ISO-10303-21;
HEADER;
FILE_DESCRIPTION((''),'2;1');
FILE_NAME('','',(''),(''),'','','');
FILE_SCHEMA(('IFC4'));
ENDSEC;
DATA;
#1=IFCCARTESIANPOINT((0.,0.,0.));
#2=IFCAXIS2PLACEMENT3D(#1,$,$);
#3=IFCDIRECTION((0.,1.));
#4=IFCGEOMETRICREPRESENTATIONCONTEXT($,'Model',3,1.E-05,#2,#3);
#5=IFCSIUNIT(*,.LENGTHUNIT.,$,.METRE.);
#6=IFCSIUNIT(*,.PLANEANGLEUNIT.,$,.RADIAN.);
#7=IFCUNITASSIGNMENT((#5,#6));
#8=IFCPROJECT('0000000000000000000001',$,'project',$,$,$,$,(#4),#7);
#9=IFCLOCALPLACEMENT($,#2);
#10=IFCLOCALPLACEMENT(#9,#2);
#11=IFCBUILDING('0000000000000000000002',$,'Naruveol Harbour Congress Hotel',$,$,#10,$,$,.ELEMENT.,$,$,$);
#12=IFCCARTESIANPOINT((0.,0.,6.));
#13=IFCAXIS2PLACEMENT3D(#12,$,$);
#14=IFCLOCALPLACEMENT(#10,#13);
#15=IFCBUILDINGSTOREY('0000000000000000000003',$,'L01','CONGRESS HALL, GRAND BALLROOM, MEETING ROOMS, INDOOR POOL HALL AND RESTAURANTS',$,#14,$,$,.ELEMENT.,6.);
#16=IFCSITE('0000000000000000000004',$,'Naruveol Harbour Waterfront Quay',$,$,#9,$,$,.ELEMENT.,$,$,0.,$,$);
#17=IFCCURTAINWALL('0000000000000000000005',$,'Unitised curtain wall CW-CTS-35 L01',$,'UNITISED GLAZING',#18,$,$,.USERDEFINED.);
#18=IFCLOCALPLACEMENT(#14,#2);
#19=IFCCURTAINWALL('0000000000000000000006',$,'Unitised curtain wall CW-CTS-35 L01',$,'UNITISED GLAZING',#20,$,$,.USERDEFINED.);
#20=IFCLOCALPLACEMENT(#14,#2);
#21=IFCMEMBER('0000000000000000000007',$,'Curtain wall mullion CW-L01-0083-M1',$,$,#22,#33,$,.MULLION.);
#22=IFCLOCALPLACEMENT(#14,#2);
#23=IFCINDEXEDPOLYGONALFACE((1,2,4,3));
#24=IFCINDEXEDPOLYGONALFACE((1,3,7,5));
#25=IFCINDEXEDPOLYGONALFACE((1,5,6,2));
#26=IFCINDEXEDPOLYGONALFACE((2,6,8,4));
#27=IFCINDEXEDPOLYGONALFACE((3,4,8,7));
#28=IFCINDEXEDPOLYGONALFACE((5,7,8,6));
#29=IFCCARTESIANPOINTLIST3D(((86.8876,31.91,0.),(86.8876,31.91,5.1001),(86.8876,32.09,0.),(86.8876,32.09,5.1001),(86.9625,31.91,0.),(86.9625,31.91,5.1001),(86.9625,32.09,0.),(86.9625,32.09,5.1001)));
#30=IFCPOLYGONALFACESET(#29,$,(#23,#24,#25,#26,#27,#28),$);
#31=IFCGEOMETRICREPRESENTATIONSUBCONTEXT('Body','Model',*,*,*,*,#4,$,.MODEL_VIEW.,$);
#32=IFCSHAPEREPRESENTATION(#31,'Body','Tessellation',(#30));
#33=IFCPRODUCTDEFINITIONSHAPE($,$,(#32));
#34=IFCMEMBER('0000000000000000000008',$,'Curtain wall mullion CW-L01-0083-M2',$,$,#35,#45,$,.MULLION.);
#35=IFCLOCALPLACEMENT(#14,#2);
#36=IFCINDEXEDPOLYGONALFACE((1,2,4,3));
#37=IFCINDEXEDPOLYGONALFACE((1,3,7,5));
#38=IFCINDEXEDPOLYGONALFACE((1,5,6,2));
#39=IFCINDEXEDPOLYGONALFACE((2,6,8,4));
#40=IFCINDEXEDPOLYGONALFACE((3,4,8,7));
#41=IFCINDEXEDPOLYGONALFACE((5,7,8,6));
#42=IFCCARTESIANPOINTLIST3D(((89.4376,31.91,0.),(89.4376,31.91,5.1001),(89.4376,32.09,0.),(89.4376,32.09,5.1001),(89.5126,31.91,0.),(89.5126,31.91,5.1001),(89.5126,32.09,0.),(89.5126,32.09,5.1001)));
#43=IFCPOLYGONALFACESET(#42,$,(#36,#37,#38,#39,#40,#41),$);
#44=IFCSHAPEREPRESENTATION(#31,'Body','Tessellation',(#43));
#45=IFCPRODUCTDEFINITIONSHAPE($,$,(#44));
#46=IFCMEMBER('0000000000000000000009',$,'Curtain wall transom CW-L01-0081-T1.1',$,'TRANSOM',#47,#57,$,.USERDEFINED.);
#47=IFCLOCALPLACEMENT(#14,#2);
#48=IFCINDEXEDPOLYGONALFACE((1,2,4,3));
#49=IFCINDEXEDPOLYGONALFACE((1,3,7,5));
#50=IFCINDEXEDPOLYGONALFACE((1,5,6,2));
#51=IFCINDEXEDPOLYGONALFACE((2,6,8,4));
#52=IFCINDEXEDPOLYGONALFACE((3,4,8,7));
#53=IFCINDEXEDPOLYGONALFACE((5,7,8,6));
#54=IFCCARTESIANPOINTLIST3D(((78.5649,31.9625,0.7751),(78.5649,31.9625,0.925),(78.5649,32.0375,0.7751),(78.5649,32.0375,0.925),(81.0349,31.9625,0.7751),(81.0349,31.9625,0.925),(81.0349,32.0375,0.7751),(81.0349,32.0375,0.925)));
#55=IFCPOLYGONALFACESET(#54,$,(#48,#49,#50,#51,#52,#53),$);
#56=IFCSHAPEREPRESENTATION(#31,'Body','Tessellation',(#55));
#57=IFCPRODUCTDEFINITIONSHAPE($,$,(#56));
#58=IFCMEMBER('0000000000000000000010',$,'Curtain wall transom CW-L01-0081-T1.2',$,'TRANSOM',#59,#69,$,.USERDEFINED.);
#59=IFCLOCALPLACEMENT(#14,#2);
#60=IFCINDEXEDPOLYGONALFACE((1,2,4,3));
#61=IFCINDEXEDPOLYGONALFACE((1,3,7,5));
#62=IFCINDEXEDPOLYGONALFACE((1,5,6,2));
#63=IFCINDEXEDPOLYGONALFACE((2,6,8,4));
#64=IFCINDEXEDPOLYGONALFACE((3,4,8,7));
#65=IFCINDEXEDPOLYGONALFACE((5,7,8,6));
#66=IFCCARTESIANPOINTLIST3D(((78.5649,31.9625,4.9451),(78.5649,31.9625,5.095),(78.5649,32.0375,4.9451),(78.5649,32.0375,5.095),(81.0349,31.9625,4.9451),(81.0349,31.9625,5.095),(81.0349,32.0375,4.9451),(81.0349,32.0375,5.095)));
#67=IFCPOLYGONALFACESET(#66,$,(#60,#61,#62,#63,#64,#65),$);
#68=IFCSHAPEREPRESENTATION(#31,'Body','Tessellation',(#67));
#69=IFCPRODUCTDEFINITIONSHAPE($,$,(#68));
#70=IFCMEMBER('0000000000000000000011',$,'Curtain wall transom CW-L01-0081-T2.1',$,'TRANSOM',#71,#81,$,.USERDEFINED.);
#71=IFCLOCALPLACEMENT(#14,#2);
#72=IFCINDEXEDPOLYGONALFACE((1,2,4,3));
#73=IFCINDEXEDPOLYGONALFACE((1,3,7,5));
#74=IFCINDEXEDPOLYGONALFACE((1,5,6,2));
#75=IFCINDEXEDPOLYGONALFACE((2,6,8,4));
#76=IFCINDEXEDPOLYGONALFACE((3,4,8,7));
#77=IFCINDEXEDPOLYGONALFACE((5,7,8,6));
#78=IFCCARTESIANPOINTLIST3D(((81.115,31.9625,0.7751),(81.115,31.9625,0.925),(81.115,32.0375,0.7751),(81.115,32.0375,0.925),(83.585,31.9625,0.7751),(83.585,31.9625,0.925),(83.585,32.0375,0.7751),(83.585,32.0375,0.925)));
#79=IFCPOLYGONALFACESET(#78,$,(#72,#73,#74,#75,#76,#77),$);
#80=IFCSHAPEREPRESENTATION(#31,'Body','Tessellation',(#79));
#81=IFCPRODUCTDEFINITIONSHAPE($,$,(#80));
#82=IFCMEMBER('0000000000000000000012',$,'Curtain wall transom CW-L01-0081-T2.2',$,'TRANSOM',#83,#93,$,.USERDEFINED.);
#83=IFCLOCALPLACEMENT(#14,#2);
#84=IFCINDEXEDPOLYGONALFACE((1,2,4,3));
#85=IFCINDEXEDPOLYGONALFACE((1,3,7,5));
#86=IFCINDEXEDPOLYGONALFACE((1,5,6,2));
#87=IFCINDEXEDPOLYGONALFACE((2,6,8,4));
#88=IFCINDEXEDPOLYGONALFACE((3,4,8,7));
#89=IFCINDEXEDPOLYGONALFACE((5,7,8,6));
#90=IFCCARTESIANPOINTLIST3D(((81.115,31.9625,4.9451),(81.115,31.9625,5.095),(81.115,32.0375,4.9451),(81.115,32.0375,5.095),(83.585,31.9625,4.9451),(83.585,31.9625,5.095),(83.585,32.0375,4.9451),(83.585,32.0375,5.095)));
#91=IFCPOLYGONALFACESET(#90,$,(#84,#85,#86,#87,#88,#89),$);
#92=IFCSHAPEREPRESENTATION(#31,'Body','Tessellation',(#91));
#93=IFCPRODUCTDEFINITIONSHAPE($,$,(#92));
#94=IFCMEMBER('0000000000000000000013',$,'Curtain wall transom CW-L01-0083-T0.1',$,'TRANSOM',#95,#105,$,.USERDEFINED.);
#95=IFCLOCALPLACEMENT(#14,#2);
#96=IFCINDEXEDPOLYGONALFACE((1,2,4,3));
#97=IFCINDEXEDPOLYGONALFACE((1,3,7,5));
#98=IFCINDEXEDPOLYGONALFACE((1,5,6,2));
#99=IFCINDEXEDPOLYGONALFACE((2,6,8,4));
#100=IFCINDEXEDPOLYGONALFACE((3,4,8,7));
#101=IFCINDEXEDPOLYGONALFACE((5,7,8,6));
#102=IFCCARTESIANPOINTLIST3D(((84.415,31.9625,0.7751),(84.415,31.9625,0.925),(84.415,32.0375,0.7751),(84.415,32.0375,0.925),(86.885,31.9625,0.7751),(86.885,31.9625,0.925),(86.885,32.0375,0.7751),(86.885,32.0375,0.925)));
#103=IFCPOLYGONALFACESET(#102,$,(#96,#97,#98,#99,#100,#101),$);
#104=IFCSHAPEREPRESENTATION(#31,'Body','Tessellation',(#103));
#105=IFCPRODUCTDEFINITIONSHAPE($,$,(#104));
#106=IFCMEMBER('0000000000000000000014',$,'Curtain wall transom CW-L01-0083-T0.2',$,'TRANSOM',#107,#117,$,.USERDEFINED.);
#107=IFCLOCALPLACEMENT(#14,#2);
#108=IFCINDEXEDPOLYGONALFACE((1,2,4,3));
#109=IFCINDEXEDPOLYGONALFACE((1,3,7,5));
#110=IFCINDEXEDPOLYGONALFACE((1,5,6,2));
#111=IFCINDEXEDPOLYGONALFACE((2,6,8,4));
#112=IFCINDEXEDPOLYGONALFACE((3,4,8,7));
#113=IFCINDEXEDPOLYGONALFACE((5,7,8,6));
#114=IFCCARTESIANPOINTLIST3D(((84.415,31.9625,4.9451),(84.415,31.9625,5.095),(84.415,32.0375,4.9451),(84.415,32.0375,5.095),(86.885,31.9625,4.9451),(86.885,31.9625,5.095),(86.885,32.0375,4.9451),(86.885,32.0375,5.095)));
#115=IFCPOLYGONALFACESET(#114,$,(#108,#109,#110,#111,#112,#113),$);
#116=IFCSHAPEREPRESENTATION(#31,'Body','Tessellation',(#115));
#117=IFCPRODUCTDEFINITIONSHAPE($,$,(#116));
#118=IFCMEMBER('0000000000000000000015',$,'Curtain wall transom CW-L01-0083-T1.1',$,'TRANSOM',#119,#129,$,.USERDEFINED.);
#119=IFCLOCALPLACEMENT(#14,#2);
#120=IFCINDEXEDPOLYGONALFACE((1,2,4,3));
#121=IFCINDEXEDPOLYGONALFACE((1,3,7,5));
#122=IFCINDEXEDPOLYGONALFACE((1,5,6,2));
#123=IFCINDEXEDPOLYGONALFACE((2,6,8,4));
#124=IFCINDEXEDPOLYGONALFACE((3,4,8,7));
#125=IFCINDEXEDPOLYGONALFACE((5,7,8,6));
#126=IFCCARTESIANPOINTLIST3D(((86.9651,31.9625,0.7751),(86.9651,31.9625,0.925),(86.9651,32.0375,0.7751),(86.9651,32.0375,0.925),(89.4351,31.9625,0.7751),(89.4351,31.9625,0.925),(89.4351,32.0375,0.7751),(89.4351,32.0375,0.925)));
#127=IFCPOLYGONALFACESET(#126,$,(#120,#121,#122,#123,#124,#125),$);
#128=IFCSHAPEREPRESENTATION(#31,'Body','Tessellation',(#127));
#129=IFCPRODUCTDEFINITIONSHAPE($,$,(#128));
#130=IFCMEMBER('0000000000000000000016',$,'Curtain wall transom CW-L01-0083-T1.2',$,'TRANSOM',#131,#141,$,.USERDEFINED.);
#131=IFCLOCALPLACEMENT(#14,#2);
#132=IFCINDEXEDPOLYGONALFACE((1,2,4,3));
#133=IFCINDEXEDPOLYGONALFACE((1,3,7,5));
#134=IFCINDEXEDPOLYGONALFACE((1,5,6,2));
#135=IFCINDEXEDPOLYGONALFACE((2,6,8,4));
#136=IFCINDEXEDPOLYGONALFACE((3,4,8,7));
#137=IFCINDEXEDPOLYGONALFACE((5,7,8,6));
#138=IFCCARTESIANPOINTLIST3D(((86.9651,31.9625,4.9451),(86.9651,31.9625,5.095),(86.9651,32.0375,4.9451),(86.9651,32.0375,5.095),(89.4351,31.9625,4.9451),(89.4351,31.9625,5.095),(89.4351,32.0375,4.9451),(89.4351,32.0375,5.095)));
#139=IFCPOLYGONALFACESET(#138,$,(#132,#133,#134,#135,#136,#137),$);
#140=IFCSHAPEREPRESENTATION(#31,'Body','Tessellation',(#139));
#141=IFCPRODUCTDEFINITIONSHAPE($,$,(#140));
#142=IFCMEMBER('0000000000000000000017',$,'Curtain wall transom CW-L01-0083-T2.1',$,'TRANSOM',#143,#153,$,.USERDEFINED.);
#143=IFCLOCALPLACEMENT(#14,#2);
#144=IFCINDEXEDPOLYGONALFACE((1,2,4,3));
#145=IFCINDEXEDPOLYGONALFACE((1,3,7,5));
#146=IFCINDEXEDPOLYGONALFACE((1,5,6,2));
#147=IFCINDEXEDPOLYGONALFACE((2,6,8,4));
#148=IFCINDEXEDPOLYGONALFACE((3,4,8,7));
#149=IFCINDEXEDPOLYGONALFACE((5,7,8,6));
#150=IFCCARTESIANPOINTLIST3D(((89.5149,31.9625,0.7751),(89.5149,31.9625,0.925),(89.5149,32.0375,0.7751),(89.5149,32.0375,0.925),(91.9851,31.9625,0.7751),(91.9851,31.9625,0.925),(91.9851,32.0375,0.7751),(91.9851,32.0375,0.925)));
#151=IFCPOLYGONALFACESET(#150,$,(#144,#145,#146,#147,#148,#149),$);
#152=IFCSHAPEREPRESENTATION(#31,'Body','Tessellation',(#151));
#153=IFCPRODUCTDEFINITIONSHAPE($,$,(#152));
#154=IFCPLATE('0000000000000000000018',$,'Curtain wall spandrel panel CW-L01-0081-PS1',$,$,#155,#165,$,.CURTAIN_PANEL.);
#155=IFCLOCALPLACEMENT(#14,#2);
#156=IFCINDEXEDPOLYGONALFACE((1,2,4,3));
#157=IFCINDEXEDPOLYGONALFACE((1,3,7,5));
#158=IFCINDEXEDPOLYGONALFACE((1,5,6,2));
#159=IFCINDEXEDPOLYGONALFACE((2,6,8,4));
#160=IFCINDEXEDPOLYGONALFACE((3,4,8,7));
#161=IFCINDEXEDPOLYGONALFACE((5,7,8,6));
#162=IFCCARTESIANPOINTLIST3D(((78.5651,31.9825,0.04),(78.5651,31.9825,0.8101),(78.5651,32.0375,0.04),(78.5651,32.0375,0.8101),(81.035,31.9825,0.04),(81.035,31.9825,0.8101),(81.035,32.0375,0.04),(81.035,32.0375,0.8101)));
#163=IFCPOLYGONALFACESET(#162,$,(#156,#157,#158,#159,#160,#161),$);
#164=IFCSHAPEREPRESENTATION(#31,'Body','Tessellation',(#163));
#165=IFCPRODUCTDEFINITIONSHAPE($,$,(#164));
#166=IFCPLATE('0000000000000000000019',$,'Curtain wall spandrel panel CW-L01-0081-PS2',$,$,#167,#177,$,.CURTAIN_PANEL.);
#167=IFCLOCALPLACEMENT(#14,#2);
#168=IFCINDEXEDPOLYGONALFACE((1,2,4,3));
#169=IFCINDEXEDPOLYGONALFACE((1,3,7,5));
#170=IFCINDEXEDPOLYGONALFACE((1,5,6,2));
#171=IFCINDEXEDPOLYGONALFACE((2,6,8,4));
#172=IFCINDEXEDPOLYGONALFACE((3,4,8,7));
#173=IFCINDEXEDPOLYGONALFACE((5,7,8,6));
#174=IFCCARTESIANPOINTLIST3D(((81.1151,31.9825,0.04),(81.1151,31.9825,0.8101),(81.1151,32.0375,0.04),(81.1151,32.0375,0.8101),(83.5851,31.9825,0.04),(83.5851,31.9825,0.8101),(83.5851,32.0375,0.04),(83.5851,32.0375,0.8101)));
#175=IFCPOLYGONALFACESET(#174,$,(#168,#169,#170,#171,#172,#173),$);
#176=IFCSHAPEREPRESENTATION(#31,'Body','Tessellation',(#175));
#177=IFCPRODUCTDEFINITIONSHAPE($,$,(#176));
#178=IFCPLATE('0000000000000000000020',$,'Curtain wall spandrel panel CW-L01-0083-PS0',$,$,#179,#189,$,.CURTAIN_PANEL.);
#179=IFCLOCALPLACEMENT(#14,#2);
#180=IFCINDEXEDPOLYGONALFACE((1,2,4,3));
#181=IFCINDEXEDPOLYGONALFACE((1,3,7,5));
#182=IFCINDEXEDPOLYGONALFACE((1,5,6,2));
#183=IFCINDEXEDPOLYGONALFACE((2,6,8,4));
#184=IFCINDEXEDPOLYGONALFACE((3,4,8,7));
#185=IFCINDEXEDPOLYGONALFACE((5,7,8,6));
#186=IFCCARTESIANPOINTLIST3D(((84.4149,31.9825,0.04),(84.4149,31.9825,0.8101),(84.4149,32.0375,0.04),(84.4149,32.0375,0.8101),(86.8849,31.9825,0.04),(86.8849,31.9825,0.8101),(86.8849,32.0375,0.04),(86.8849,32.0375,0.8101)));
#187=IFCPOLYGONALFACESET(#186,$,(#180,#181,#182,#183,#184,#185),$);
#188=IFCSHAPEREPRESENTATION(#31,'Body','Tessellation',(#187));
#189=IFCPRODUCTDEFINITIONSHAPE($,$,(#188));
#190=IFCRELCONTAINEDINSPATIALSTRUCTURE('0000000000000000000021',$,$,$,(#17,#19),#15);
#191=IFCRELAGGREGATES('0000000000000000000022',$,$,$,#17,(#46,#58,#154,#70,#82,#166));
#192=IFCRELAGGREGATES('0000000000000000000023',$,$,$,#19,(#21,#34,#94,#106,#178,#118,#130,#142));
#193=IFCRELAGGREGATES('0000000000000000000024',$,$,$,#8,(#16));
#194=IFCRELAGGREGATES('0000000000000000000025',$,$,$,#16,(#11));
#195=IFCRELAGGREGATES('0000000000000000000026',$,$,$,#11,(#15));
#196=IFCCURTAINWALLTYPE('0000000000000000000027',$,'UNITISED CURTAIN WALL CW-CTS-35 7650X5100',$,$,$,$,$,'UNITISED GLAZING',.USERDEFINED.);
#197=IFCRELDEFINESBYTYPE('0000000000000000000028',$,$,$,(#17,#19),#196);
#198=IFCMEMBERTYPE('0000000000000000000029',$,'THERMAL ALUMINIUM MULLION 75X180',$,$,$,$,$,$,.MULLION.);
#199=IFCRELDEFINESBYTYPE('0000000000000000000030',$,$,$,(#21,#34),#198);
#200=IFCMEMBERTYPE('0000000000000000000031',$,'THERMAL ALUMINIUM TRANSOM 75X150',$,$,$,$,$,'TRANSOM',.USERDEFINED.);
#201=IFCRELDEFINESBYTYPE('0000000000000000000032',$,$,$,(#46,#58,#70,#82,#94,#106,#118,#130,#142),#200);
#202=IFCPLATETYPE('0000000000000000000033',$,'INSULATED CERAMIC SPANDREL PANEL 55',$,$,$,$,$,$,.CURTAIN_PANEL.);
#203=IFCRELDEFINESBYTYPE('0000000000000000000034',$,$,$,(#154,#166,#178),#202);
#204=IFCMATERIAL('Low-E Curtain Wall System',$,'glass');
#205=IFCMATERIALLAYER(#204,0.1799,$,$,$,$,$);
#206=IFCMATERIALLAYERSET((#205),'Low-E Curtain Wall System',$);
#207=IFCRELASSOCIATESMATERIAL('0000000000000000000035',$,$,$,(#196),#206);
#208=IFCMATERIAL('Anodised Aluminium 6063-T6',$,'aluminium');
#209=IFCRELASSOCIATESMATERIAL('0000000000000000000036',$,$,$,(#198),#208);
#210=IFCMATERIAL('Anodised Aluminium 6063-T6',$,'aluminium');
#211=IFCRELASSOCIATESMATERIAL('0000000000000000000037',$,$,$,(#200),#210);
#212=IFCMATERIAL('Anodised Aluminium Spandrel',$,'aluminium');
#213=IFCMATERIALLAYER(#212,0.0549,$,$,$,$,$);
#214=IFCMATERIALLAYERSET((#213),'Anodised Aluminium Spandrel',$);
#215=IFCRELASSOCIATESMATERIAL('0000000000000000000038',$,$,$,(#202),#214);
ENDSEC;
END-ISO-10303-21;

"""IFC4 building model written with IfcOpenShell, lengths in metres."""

from ifc_helpers import new_model, si_unit, direction, frame, origin, origin_2d, place, context, subcontext, project, spatial, rectangle, extrude, material, layer, layer_set, material_profile, profile_set, type_object, element, aggregate, save


model = new_model("IFC4")

# Units and contexts
model_context = context("Model", 3, precision=1e-05, world=origin(), true_north=direction((0.0, 1.0)))
body_context = subcontext(model_context, "Body", "Model", "MODEL_VIEW")
ifc_project = project(units=[si_unit("LENGTHUNIT", "METRE"), si_unit("PLANEANGLEUNIT", "RADIAN")], contexts=[model_context])

# Site, building, storey
site_placement = place(None, origin())
site = spatial("IfcSite", under=ifc_project, at=site_placement, Name="Naruveol Harbour Waterfront Quay", CompositionType="ELEMENT", RefElevation=0.0)
building_placement = place(site_placement, origin())
building = spatial("IfcBuilding", under=site, at=building_placement, Name="Naruveol Harbour Congress Hotel", CompositionType="ELEMENT")
storey_placement = place(building_placement, frame((0.0, 0.0, 6.0)))
storey = spatial("IfcBuildingStorey", under=building, at=storey_placement, Name="L01", Description="CONGRESS HALL, GRAND BALLROOM, MEETING ROOMS, INDOOR POOL HALL AND RESTAURANTS", CompositionType="ELEMENT", Elevation=6.0)

# Curtain walls, members
ifc_material_1 = material(Name="Low-E Curtain Wall System", Category="glass")
ifc_layer_1 = layer(ifc_material_1, 0.1799)
ifc_layer_set_1 = layer_set([ifc_layer_1], Name="Low-E Curtain Wall System")
curtain_wall_type = type_object("IfcCurtainWallType", Name="UNITISED CURTAIN WALL CW-CTS-35 7650X5100", ElementType="UNITISED GLAZING", PredefinedType="USERDEFINED", material=ifc_layer_set_1)
curtain_wall_1_placement = place(storey_placement, origin())
curtain_wall_1 = element("IfcCurtainWall", 1, at=curtain_wall_1_placement, inside=storey, type_object=curtain_wall_type, Name="Unitised curtain wall CW-CTS-35 L01", ObjectType="UNITISED GLAZING", PredefinedType="USERDEFINED")
ifc_material_2 = material(Name="Anodised Aluminium 6063-T6", Category="aluminium")
ifc_material_profile_1 = material_profile(ifc_material_2, rectangle(XDim=0.075, YDim=0.1799, at=origin_2d()), Name="ALU-75x180")
ifc_profile_set_1 = profile_set([ifc_material_profile_1], Name="Anodised Aluminium 6063-T6")
member_type_1 = type_object("IfcMemberType", Name="THERMAL ALUMINIUM MULLION 75X180", PredefinedType="MULLION", material=ifc_profile_set_1)
curtain_wall_2_placement = place(storey_placement, origin())
curtain_wall_2 = element("IfcCurtainWall", 2, at=curtain_wall_2_placement, inside=storey, type_object=curtain_wall_type, Name="Unitised curtain wall CW-CTS-35 L01", ObjectType="UNITISED GLAZING", PredefinedType="USERDEFINED")
member_1_placement = place(storey_placement, frame((86.925, 32.0, 0.0), z_axis=(0.0, 0.0, 1.0), x_axis=(1.0, 0.0, 0.0)))
member_1 = element("IfcMember", 3, at=member_1_placement, type_object=member_type_1, Name="Curtain wall mullion CW-L01-0083-M1", PredefinedType="MULLION", context=body_context, shape_type="SweptSolid", body=[
    extrude(rectangle(XDim=0.075, YDim=0.1799, at=origin_2d()), origin(), (0.0, 0.0, 1.0), 5.1001),
])
member_2_placement = place(storey_placement, frame((89.4751, 32.0, 0.0), z_axis=(0.0, 0.0, 1.0), x_axis=(1.0, 0.0, 0.0)))
member_2 = element("IfcMember", 4, at=member_2_placement, type_object=member_type_1, Name="Curtain wall mullion CW-L01-0083-M2", PredefinedType="MULLION", context=body_context, shape_type="SweptSolid", body=[
    extrude(rectangle(XDim=0.075, YDim=0.1799, at=origin_2d()), origin(), (0.0, 0.0, 1.0), 5.1001),
])

# Members
ifc_material_3 = material(Name="Anodised Aluminium 6063-T6", Category="aluminium")
ifc_material_profile_2 = material_profile(ifc_material_3, rectangle(XDim=0.075, YDim=0.1499, at=origin_2d()), Name="ALU-75x150")
ifc_profile_set_2 = profile_set([ifc_material_profile_2], Name="Anodised Aluminium 6063-T6")
member_type_2 = type_object("IfcMemberType", Name="THERMAL ALUMINIUM TRANSOM 75X150", ElementType="TRANSOM", PredefinedType="USERDEFINED", material=ifc_profile_set_2)
member_3_placement = place(storey_placement, frame((78.5649, 32.0, 0.8501), z_axis=(1.0, 0.0, 0.0), x_axis=(0.0, 1.0, 0.0)))
member_3 = element("IfcMember", 5, at=member_3_placement, type_object=member_type_2, Name="Curtain wall transom CW-L01-0081-T1.1", ObjectType="TRANSOM", PredefinedType="USERDEFINED", context=body_context, shape_type="SweptSolid", body=[
    extrude(rectangle(XDim=0.075, YDim=0.1499, at=origin_2d()), origin(), (0.0, 0.0, 1.0), 2.47),
])
member_4_placement = place(storey_placement, frame((78.5649, 32.0, 5.02), z_axis=(1.0, 0.0, 0.0), x_axis=(0.0, 1.0, 0.0)))
member_4 = element("IfcMember", 6, at=member_4_placement, type_object=member_type_2, Name="Curtain wall transom CW-L01-0081-T1.2", ObjectType="TRANSOM", PredefinedType="USERDEFINED", context=body_context, shape_type="SweptSolid", body=[
    extrude(rectangle(XDim=0.075, YDim=0.1499, at=origin_2d()), origin(), (0.0, 0.0, 1.0), 2.47),
])
member_5_placement = place(storey_placement, frame((81.115, 32.0, 0.8501), z_axis=(1.0, 0.0, 0.0), x_axis=(0.0, 1.0, 0.0)))
member_5 = element("IfcMember", 7, at=member_5_placement, type_object=member_type_2, Name="Curtain wall transom CW-L01-0081-T2.1", ObjectType="TRANSOM", PredefinedType="USERDEFINED", context=body_context, shape_type="SweptSolid", body=[
    extrude(rectangle(XDim=0.075, YDim=0.1499, at=origin_2d()), origin(), (0.0, 0.0, 1.0), 2.47),
])
member_6_placement = place(storey_placement, frame((81.115, 32.0, 5.02), z_axis=(1.0, 0.0, 0.0), x_axis=(0.0, 1.0, 0.0)))
member_6 = element("IfcMember", 8, at=member_6_placement, type_object=member_type_2, Name="Curtain wall transom CW-L01-0081-T2.2", ObjectType="TRANSOM", PredefinedType="USERDEFINED", context=body_context, shape_type="SweptSolid", body=[
    extrude(rectangle(XDim=0.075, YDim=0.1499, at=origin_2d()), origin(), (0.0, 0.0, 1.0), 2.47),
])
member_7_placement = place(storey_placement, frame((84.415, 32.0, 0.8501), z_axis=(1.0, 0.0, 0.0), x_axis=(0.0, 1.0, 0.0)))
member_7 = element("IfcMember", 9, at=member_7_placement, type_object=member_type_2, Name="Curtain wall transom CW-L01-0083-T0.1", ObjectType="TRANSOM", PredefinedType="USERDEFINED", context=body_context, shape_type="SweptSolid", body=[
    extrude(rectangle(XDim=0.075, YDim=0.1499, at=origin_2d()), origin(), (0.0, 0.0, 1.0), 2.47),
])
member_8_placement = place(storey_placement, frame((84.415, 32.0, 5.02), z_axis=(1.0, 0.0, 0.0), x_axis=(0.0, 1.0, 0.0)))
member_8 = element("IfcMember", 10, at=member_8_placement, type_object=member_type_2, Name="Curtain wall transom CW-L01-0083-T0.2", ObjectType="TRANSOM", PredefinedType="USERDEFINED", context=body_context, shape_type="SweptSolid", body=[
    extrude(rectangle(XDim=0.075, YDim=0.1499, at=origin_2d()), origin(), (0.0, 0.0, 1.0), 2.47),
])
member_9_placement = place(storey_placement, frame((86.9651, 32.0, 0.8501), z_axis=(1.0, 0.0, 0.0), x_axis=(0.0, 1.0, 0.0)))
member_9 = element("IfcMember", 11, at=member_9_placement, type_object=member_type_2, Name="Curtain wall transom CW-L01-0083-T1.1", ObjectType="TRANSOM", PredefinedType="USERDEFINED", context=body_context, shape_type="SweptSolid", body=[
    extrude(rectangle(XDim=0.075, YDim=0.1499, at=origin_2d()), origin(), (0.0, 0.0, 1.0), 2.47),
])
member_10_placement = place(storey_placement, frame((86.9651, 32.0, 5.02), z_axis=(1.0, 0.0, 0.0), x_axis=(0.0, 1.0, 0.0)))
member_10 = element("IfcMember", 12, at=member_10_placement, type_object=member_type_2, Name="Curtain wall transom CW-L01-0083-T1.2", ObjectType="TRANSOM", PredefinedType="USERDEFINED", context=body_context, shape_type="SweptSolid", body=[
    extrude(rectangle(XDim=0.075, YDim=0.1499, at=origin_2d()), origin(), (0.0, 0.0, 1.0), 2.47),
])
member_11_placement = place(storey_placement, frame((89.5149, 32.0, 0.8501), z_axis=(1.0, 0.0, 0.0), x_axis=(0.0, 1.0, 0.0)))
member_11 = element("IfcMember", 13, at=member_11_placement, type_object=member_type_2, Name="Curtain wall transom CW-L01-0083-T2.1", ObjectType="TRANSOM", PredefinedType="USERDEFINED", context=body_context, shape_type="SweptSolid", body=[
    extrude(rectangle(XDim=0.075, YDim=0.1499, at=origin_2d()), origin(), (0.0, 0.0, 1.0), 2.4702),
])

# Plates
ifc_material_4 = material(Name="Anodised Aluminium Spandrel", Category="aluminium")
ifc_layer_2 = layer(ifc_material_4, 0.0549)
ifc_layer_set_2 = layer_set([ifc_layer_2], Name="Anodised Aluminium Spandrel")
plate_type_1 = type_object("IfcPlateType", Name="INSULATED CERAMIC SPANDREL PANEL 55", PredefinedType="CURTAIN_PANEL", material=ifc_layer_set_2)
plate_1_placement = place(storey_placement, frame((79.8, 32.01, 0.04), z_axis=(0.0, 0.0, 1.0), x_axis=(1.0, 0.0, 0.0)))
plate_1 = element("IfcPlate", 14, at=plate_1_placement, type_object=plate_type_1, Name="Curtain wall spandrel panel CW-L01-0081-PS1", PredefinedType="CURTAIN_PANEL", context=body_context, shape_type="SweptSolid", body=[
    extrude(rectangle(XDim=2.47, YDim=0.0549, at=origin_2d()), origin(), (0.0, 0.0, 1.0), 0.77),
])
plate_2_placement = place(storey_placement, frame((82.3501, 32.01, 0.04), z_axis=(0.0, 0.0, 1.0), x_axis=(1.0, 0.0, 0.0)))
plate_2 = element("IfcPlate", 15, at=plate_2_placement, type_object=plate_type_1, Name="Curtain wall spandrel panel CW-L01-0081-PS2", PredefinedType="CURTAIN_PANEL", context=body_context, shape_type="SweptSolid", body=[
    extrude(rectangle(XDim=2.47, YDim=0.0549, at=origin_2d()), origin(), (0.0, 0.0, 1.0), 0.77),
])
plate_3_placement = place(storey_placement, frame((85.6499, 32.01, 0.04), z_axis=(0.0, 0.0, 1.0), x_axis=(1.0, 0.0, 0.0)))
plate_3 = element("IfcPlate", 16, at=plate_3_placement, type_object=plate_type_1, Name="Curtain wall spandrel panel CW-L01-0083-PS0", PredefinedType="CURTAIN_PANEL", context=body_context, shape_type="SweptSolid", body=[
    extrude(rectangle(XDim=2.47, YDim=0.0549, at=origin_2d()), origin(), (0.0, 0.0, 1.0), 0.77),
])
aggregate(curtain_wall_1, [member_3, member_4, plate_1, member_5, member_6, plate_2])
aggregate(curtain_wall_2, [member_1, member_2, member_7, member_8, plate_3, member_9, member_10, member_11])

save(model, "model.ifc")
